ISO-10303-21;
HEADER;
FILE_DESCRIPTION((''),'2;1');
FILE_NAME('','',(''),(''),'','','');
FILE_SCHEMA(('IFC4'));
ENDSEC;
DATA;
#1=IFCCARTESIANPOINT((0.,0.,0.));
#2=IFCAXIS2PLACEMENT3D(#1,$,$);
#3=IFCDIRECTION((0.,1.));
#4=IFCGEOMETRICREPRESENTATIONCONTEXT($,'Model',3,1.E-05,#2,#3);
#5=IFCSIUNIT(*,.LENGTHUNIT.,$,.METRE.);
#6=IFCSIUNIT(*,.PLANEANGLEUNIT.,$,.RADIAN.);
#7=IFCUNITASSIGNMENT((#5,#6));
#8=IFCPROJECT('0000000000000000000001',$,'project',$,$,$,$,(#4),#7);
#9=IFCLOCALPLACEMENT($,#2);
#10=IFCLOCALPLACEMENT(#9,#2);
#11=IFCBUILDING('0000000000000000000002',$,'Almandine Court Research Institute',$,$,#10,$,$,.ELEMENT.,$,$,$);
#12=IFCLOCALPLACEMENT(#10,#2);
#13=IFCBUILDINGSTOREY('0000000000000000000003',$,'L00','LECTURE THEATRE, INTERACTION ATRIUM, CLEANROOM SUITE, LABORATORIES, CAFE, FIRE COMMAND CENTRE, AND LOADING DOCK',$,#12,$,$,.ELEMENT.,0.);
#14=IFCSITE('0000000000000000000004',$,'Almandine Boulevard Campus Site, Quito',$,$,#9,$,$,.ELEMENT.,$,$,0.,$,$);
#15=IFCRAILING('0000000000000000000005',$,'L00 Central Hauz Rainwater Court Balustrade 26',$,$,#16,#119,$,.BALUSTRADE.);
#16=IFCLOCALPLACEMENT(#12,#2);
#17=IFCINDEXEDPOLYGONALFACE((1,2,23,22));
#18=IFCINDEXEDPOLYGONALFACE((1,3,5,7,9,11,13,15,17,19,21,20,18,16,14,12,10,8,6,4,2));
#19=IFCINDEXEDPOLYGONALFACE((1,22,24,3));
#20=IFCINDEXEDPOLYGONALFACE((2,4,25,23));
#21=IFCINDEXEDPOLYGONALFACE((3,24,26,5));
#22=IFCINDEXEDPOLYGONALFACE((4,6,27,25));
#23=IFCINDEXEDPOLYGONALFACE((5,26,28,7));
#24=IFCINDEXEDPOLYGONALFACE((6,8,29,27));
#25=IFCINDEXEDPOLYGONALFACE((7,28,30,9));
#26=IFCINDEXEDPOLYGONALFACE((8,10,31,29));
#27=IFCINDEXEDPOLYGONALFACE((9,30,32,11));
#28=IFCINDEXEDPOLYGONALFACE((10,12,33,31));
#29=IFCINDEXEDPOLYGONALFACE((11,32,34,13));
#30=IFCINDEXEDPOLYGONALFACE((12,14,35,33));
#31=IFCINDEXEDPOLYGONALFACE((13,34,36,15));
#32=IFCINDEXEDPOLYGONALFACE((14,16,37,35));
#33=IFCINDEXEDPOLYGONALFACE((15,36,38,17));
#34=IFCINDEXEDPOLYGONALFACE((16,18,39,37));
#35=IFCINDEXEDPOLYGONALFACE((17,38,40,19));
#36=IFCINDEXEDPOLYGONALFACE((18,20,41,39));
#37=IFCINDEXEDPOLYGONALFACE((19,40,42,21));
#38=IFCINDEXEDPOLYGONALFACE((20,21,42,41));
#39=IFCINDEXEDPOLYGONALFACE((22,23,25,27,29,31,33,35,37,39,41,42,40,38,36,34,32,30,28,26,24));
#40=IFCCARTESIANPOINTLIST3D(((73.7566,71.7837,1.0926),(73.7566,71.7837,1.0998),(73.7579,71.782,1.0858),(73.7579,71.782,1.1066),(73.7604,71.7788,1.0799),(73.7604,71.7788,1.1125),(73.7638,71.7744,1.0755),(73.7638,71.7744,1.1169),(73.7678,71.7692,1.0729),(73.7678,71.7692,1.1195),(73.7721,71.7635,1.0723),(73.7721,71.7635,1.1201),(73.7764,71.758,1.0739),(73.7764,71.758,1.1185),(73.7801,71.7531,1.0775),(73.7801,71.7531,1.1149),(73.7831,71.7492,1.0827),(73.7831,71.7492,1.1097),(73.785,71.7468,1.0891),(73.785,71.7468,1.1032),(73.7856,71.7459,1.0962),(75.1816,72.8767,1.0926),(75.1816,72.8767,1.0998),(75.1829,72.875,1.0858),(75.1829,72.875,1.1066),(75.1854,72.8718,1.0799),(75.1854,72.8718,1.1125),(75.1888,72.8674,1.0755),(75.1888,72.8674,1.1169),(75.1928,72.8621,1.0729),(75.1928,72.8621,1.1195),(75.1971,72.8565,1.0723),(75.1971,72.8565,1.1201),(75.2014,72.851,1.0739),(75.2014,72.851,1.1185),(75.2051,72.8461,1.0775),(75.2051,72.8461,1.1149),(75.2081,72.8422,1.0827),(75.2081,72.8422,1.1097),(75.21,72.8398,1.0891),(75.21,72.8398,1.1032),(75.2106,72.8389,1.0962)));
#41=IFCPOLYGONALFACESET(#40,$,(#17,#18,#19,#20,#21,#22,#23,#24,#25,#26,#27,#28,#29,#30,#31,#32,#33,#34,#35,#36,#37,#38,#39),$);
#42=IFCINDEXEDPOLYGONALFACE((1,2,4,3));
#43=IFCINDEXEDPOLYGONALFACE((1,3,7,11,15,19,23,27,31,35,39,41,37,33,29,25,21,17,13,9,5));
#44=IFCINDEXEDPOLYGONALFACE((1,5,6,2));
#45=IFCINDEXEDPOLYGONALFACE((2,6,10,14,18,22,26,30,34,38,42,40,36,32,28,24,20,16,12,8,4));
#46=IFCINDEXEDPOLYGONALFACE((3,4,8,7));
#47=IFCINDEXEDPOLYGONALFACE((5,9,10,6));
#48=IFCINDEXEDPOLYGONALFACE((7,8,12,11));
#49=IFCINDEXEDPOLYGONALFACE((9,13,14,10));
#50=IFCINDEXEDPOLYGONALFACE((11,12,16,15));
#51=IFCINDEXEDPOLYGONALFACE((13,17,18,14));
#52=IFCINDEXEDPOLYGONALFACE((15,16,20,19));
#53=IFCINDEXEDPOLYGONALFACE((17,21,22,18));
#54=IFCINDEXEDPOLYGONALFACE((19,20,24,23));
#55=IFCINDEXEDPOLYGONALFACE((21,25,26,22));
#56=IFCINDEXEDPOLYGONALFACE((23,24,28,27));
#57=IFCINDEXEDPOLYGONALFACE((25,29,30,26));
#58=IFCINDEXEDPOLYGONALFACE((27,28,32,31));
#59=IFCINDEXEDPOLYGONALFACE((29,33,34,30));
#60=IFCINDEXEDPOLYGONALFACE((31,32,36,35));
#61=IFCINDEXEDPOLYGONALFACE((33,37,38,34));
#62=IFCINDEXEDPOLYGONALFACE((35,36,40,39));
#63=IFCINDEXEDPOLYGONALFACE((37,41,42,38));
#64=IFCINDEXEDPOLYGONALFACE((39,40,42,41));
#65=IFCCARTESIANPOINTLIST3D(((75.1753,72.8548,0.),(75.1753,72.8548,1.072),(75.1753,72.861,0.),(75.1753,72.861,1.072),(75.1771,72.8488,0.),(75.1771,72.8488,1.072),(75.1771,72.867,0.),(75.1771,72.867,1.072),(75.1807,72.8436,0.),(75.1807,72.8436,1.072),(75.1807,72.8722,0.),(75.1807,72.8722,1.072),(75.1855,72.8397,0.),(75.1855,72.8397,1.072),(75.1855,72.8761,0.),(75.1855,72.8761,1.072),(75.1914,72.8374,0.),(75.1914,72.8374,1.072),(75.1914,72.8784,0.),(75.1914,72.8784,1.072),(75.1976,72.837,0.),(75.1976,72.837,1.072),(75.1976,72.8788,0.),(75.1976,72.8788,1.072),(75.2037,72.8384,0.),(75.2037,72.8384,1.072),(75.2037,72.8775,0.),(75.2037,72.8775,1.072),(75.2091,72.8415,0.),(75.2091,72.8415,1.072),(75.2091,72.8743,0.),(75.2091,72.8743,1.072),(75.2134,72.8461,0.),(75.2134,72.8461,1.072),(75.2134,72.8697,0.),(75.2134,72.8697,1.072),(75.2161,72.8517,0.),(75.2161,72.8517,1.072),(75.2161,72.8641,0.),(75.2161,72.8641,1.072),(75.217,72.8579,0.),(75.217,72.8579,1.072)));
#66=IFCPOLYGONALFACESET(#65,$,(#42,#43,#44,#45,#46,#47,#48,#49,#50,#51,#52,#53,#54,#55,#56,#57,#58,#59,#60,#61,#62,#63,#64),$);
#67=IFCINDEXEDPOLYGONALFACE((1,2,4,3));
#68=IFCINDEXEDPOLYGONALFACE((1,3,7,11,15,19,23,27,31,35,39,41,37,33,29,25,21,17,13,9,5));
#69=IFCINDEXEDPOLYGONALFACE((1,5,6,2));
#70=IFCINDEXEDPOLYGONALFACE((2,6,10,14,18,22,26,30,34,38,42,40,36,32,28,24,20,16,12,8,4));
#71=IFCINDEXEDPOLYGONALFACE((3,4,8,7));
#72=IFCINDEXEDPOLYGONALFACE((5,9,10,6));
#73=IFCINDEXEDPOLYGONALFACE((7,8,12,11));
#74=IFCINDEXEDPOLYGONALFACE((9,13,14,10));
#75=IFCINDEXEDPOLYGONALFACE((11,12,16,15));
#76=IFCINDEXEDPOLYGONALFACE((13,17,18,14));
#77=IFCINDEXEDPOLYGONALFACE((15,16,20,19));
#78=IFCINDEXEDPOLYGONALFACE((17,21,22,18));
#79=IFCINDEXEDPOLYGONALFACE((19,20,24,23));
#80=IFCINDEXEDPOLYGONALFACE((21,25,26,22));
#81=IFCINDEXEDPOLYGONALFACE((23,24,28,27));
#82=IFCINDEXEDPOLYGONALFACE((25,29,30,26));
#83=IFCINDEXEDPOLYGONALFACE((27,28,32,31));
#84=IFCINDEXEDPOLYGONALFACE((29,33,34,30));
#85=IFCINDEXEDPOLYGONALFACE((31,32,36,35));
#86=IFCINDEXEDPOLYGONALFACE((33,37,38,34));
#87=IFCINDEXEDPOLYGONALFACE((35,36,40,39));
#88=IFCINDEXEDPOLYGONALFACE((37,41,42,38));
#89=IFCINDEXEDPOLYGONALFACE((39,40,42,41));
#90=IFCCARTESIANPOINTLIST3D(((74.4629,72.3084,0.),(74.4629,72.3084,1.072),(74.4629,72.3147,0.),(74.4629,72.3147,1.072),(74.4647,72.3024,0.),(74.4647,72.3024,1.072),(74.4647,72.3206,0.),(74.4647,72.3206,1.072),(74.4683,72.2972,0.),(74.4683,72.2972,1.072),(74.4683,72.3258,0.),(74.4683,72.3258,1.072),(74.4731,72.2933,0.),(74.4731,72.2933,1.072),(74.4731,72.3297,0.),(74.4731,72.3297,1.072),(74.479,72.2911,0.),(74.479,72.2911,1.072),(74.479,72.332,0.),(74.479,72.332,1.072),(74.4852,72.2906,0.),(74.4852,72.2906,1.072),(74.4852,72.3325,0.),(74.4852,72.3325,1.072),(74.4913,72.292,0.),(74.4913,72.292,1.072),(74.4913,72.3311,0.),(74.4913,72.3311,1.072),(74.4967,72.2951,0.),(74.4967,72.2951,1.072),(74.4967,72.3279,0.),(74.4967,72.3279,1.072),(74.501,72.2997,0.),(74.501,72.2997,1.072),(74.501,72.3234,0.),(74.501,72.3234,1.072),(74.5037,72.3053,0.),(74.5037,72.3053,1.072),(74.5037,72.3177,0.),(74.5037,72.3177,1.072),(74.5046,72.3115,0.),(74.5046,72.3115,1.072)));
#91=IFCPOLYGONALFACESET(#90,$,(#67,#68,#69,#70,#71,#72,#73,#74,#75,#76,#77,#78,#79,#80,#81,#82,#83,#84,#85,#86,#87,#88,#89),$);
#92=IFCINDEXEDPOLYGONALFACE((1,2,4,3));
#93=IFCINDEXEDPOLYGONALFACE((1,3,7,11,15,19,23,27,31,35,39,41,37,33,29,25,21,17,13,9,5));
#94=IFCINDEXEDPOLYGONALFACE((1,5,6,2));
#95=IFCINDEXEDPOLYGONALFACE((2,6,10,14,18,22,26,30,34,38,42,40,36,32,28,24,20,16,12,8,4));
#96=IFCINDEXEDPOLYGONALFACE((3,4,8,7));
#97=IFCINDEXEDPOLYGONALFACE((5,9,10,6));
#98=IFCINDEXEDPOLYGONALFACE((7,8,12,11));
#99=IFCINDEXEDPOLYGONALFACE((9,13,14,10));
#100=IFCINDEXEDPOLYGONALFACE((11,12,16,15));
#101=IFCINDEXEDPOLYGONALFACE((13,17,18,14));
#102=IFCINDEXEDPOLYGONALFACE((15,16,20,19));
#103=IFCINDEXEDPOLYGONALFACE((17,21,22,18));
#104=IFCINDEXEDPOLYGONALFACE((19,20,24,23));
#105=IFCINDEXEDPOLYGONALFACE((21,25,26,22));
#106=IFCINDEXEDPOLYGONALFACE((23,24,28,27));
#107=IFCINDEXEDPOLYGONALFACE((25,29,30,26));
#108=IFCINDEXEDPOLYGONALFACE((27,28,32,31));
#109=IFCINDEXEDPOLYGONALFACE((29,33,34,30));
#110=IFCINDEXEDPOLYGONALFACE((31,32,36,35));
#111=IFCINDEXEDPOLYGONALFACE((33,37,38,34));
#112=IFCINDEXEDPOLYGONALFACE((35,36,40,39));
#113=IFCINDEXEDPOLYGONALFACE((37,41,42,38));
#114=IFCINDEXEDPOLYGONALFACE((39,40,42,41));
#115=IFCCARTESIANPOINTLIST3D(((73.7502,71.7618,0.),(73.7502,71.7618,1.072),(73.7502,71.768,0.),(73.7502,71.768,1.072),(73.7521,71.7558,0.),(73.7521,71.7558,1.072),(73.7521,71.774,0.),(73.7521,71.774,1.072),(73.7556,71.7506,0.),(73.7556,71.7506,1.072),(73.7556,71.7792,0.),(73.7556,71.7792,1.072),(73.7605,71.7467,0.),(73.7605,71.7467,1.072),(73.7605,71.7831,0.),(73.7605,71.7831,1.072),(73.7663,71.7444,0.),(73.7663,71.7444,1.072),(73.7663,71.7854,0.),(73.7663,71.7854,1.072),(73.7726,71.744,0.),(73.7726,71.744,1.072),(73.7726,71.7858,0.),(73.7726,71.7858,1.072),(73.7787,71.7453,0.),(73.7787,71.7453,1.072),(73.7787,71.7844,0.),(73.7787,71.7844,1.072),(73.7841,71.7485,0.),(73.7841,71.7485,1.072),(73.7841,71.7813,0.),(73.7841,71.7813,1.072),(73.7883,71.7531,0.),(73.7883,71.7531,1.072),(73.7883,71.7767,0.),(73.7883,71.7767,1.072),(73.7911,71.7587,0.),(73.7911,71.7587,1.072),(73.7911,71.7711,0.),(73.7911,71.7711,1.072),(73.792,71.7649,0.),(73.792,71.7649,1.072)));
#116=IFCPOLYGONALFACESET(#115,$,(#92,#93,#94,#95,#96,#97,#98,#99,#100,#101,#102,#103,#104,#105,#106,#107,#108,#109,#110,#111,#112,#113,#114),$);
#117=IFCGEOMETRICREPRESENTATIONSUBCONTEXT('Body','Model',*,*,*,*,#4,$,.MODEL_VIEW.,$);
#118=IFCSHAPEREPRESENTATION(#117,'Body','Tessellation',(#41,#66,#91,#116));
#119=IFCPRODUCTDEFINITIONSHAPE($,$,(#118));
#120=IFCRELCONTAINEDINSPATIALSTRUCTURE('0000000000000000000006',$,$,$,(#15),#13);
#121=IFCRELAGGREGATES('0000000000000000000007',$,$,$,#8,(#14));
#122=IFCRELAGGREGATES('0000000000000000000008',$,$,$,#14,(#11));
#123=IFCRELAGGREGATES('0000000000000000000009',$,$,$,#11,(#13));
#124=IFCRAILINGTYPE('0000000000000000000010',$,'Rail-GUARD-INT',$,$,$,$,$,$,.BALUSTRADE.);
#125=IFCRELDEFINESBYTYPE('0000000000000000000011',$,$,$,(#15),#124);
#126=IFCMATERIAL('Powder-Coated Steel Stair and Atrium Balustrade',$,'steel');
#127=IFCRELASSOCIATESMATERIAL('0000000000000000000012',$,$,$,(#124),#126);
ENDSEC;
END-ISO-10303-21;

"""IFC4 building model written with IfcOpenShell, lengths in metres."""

from ifc_helpers import new_model, si_unit, direction, frame, origin, origin_2d, place, context, subcontext, project, spatial, circle, extrude, material, type_object, element, save


model = new_model("IFC4")

# Units and contexts
model_context = context("Model", 3, precision=1e-05, world=origin(), true_north=direction((0.0, 1.0)))
body_context = subcontext(model_context, "Body", "Model", "MODEL_VIEW")
ifc_project = project(units=[si_unit("LENGTHUNIT", "METRE"), si_unit("PLANEANGLEUNIT", "RADIAN")], contexts=[model_context])

# Site, building, storey
site_placement = place(None, origin())
site = spatial("IfcSite", under=ifc_project, at=site_placement, Name="Almandine Boulevard Campus Site, Quito", CompositionType="ELEMENT", RefElevation=0.0)
building_placement = place(site_placement, origin())
building = spatial("IfcBuilding", under=site, at=building_placement, Name="Almandine Court Research Institute", CompositionType="ELEMENT")
storey_placement = place(building_placement, origin())
storey = spatial("IfcBuildingStorey", under=building, at=storey_placement, Name="L00", Description="LECTURE THEATRE, INTERACTION ATRIUM, CLEANROOM SUITE, LABORATORIES, CAFE, FIRE COMMAND CENTRE, AND LOADING DOCK", CompositionType="ELEMENT", Elevation=0.0)

# Railing
ifc_material_1 = material(Name="Powder-Coated Steel Stair and Atrium Balustrade", Category="steel")
railing_type = type_object("IfcRailingType", Name="Rail-GUARD-INT", PredefinedType="BALUSTRADE", material=ifc_material_1)
railing_1_placement = place(storey_placement, frame((75.196, 72.8579, 0.0)))
element("IfcRailing", 1, at=railing_1_placement, inside=storey, type_object=railing_type, Name="L00 Central Hauz Rainwater Court Balustrade 26", PredefinedType="BALUSTRADE", context=body_context, shape_type="SweptSolid", body=[
    extrude(circle(Radius=0.0239, at=origin_2d()), frame((0.0, 0.0, 1.0962), z_axis=(-0.793477, -0.6086, 0.0), x_axis=(0.6086, -0.793477, 0.0)), (0.0, 0.0, 1.0), 1.7959),
    extrude(circle(Radius=0.021, at=origin_2d()), origin(), (0.0, 0.0, 1.0), 1.072),
    extrude(circle(Radius=0.021, at=origin_2d()), frame((-0.7124, -0.5464, 0.0)), (0.0, 0.0, 1.0), 1.072),
    extrude(circle(Radius=0.021, at=origin_2d()), frame((-1.425, -1.093, 0.0)), (0.0, 0.0, 1.0), 1.072),
])

save(model, "model.ifc")
